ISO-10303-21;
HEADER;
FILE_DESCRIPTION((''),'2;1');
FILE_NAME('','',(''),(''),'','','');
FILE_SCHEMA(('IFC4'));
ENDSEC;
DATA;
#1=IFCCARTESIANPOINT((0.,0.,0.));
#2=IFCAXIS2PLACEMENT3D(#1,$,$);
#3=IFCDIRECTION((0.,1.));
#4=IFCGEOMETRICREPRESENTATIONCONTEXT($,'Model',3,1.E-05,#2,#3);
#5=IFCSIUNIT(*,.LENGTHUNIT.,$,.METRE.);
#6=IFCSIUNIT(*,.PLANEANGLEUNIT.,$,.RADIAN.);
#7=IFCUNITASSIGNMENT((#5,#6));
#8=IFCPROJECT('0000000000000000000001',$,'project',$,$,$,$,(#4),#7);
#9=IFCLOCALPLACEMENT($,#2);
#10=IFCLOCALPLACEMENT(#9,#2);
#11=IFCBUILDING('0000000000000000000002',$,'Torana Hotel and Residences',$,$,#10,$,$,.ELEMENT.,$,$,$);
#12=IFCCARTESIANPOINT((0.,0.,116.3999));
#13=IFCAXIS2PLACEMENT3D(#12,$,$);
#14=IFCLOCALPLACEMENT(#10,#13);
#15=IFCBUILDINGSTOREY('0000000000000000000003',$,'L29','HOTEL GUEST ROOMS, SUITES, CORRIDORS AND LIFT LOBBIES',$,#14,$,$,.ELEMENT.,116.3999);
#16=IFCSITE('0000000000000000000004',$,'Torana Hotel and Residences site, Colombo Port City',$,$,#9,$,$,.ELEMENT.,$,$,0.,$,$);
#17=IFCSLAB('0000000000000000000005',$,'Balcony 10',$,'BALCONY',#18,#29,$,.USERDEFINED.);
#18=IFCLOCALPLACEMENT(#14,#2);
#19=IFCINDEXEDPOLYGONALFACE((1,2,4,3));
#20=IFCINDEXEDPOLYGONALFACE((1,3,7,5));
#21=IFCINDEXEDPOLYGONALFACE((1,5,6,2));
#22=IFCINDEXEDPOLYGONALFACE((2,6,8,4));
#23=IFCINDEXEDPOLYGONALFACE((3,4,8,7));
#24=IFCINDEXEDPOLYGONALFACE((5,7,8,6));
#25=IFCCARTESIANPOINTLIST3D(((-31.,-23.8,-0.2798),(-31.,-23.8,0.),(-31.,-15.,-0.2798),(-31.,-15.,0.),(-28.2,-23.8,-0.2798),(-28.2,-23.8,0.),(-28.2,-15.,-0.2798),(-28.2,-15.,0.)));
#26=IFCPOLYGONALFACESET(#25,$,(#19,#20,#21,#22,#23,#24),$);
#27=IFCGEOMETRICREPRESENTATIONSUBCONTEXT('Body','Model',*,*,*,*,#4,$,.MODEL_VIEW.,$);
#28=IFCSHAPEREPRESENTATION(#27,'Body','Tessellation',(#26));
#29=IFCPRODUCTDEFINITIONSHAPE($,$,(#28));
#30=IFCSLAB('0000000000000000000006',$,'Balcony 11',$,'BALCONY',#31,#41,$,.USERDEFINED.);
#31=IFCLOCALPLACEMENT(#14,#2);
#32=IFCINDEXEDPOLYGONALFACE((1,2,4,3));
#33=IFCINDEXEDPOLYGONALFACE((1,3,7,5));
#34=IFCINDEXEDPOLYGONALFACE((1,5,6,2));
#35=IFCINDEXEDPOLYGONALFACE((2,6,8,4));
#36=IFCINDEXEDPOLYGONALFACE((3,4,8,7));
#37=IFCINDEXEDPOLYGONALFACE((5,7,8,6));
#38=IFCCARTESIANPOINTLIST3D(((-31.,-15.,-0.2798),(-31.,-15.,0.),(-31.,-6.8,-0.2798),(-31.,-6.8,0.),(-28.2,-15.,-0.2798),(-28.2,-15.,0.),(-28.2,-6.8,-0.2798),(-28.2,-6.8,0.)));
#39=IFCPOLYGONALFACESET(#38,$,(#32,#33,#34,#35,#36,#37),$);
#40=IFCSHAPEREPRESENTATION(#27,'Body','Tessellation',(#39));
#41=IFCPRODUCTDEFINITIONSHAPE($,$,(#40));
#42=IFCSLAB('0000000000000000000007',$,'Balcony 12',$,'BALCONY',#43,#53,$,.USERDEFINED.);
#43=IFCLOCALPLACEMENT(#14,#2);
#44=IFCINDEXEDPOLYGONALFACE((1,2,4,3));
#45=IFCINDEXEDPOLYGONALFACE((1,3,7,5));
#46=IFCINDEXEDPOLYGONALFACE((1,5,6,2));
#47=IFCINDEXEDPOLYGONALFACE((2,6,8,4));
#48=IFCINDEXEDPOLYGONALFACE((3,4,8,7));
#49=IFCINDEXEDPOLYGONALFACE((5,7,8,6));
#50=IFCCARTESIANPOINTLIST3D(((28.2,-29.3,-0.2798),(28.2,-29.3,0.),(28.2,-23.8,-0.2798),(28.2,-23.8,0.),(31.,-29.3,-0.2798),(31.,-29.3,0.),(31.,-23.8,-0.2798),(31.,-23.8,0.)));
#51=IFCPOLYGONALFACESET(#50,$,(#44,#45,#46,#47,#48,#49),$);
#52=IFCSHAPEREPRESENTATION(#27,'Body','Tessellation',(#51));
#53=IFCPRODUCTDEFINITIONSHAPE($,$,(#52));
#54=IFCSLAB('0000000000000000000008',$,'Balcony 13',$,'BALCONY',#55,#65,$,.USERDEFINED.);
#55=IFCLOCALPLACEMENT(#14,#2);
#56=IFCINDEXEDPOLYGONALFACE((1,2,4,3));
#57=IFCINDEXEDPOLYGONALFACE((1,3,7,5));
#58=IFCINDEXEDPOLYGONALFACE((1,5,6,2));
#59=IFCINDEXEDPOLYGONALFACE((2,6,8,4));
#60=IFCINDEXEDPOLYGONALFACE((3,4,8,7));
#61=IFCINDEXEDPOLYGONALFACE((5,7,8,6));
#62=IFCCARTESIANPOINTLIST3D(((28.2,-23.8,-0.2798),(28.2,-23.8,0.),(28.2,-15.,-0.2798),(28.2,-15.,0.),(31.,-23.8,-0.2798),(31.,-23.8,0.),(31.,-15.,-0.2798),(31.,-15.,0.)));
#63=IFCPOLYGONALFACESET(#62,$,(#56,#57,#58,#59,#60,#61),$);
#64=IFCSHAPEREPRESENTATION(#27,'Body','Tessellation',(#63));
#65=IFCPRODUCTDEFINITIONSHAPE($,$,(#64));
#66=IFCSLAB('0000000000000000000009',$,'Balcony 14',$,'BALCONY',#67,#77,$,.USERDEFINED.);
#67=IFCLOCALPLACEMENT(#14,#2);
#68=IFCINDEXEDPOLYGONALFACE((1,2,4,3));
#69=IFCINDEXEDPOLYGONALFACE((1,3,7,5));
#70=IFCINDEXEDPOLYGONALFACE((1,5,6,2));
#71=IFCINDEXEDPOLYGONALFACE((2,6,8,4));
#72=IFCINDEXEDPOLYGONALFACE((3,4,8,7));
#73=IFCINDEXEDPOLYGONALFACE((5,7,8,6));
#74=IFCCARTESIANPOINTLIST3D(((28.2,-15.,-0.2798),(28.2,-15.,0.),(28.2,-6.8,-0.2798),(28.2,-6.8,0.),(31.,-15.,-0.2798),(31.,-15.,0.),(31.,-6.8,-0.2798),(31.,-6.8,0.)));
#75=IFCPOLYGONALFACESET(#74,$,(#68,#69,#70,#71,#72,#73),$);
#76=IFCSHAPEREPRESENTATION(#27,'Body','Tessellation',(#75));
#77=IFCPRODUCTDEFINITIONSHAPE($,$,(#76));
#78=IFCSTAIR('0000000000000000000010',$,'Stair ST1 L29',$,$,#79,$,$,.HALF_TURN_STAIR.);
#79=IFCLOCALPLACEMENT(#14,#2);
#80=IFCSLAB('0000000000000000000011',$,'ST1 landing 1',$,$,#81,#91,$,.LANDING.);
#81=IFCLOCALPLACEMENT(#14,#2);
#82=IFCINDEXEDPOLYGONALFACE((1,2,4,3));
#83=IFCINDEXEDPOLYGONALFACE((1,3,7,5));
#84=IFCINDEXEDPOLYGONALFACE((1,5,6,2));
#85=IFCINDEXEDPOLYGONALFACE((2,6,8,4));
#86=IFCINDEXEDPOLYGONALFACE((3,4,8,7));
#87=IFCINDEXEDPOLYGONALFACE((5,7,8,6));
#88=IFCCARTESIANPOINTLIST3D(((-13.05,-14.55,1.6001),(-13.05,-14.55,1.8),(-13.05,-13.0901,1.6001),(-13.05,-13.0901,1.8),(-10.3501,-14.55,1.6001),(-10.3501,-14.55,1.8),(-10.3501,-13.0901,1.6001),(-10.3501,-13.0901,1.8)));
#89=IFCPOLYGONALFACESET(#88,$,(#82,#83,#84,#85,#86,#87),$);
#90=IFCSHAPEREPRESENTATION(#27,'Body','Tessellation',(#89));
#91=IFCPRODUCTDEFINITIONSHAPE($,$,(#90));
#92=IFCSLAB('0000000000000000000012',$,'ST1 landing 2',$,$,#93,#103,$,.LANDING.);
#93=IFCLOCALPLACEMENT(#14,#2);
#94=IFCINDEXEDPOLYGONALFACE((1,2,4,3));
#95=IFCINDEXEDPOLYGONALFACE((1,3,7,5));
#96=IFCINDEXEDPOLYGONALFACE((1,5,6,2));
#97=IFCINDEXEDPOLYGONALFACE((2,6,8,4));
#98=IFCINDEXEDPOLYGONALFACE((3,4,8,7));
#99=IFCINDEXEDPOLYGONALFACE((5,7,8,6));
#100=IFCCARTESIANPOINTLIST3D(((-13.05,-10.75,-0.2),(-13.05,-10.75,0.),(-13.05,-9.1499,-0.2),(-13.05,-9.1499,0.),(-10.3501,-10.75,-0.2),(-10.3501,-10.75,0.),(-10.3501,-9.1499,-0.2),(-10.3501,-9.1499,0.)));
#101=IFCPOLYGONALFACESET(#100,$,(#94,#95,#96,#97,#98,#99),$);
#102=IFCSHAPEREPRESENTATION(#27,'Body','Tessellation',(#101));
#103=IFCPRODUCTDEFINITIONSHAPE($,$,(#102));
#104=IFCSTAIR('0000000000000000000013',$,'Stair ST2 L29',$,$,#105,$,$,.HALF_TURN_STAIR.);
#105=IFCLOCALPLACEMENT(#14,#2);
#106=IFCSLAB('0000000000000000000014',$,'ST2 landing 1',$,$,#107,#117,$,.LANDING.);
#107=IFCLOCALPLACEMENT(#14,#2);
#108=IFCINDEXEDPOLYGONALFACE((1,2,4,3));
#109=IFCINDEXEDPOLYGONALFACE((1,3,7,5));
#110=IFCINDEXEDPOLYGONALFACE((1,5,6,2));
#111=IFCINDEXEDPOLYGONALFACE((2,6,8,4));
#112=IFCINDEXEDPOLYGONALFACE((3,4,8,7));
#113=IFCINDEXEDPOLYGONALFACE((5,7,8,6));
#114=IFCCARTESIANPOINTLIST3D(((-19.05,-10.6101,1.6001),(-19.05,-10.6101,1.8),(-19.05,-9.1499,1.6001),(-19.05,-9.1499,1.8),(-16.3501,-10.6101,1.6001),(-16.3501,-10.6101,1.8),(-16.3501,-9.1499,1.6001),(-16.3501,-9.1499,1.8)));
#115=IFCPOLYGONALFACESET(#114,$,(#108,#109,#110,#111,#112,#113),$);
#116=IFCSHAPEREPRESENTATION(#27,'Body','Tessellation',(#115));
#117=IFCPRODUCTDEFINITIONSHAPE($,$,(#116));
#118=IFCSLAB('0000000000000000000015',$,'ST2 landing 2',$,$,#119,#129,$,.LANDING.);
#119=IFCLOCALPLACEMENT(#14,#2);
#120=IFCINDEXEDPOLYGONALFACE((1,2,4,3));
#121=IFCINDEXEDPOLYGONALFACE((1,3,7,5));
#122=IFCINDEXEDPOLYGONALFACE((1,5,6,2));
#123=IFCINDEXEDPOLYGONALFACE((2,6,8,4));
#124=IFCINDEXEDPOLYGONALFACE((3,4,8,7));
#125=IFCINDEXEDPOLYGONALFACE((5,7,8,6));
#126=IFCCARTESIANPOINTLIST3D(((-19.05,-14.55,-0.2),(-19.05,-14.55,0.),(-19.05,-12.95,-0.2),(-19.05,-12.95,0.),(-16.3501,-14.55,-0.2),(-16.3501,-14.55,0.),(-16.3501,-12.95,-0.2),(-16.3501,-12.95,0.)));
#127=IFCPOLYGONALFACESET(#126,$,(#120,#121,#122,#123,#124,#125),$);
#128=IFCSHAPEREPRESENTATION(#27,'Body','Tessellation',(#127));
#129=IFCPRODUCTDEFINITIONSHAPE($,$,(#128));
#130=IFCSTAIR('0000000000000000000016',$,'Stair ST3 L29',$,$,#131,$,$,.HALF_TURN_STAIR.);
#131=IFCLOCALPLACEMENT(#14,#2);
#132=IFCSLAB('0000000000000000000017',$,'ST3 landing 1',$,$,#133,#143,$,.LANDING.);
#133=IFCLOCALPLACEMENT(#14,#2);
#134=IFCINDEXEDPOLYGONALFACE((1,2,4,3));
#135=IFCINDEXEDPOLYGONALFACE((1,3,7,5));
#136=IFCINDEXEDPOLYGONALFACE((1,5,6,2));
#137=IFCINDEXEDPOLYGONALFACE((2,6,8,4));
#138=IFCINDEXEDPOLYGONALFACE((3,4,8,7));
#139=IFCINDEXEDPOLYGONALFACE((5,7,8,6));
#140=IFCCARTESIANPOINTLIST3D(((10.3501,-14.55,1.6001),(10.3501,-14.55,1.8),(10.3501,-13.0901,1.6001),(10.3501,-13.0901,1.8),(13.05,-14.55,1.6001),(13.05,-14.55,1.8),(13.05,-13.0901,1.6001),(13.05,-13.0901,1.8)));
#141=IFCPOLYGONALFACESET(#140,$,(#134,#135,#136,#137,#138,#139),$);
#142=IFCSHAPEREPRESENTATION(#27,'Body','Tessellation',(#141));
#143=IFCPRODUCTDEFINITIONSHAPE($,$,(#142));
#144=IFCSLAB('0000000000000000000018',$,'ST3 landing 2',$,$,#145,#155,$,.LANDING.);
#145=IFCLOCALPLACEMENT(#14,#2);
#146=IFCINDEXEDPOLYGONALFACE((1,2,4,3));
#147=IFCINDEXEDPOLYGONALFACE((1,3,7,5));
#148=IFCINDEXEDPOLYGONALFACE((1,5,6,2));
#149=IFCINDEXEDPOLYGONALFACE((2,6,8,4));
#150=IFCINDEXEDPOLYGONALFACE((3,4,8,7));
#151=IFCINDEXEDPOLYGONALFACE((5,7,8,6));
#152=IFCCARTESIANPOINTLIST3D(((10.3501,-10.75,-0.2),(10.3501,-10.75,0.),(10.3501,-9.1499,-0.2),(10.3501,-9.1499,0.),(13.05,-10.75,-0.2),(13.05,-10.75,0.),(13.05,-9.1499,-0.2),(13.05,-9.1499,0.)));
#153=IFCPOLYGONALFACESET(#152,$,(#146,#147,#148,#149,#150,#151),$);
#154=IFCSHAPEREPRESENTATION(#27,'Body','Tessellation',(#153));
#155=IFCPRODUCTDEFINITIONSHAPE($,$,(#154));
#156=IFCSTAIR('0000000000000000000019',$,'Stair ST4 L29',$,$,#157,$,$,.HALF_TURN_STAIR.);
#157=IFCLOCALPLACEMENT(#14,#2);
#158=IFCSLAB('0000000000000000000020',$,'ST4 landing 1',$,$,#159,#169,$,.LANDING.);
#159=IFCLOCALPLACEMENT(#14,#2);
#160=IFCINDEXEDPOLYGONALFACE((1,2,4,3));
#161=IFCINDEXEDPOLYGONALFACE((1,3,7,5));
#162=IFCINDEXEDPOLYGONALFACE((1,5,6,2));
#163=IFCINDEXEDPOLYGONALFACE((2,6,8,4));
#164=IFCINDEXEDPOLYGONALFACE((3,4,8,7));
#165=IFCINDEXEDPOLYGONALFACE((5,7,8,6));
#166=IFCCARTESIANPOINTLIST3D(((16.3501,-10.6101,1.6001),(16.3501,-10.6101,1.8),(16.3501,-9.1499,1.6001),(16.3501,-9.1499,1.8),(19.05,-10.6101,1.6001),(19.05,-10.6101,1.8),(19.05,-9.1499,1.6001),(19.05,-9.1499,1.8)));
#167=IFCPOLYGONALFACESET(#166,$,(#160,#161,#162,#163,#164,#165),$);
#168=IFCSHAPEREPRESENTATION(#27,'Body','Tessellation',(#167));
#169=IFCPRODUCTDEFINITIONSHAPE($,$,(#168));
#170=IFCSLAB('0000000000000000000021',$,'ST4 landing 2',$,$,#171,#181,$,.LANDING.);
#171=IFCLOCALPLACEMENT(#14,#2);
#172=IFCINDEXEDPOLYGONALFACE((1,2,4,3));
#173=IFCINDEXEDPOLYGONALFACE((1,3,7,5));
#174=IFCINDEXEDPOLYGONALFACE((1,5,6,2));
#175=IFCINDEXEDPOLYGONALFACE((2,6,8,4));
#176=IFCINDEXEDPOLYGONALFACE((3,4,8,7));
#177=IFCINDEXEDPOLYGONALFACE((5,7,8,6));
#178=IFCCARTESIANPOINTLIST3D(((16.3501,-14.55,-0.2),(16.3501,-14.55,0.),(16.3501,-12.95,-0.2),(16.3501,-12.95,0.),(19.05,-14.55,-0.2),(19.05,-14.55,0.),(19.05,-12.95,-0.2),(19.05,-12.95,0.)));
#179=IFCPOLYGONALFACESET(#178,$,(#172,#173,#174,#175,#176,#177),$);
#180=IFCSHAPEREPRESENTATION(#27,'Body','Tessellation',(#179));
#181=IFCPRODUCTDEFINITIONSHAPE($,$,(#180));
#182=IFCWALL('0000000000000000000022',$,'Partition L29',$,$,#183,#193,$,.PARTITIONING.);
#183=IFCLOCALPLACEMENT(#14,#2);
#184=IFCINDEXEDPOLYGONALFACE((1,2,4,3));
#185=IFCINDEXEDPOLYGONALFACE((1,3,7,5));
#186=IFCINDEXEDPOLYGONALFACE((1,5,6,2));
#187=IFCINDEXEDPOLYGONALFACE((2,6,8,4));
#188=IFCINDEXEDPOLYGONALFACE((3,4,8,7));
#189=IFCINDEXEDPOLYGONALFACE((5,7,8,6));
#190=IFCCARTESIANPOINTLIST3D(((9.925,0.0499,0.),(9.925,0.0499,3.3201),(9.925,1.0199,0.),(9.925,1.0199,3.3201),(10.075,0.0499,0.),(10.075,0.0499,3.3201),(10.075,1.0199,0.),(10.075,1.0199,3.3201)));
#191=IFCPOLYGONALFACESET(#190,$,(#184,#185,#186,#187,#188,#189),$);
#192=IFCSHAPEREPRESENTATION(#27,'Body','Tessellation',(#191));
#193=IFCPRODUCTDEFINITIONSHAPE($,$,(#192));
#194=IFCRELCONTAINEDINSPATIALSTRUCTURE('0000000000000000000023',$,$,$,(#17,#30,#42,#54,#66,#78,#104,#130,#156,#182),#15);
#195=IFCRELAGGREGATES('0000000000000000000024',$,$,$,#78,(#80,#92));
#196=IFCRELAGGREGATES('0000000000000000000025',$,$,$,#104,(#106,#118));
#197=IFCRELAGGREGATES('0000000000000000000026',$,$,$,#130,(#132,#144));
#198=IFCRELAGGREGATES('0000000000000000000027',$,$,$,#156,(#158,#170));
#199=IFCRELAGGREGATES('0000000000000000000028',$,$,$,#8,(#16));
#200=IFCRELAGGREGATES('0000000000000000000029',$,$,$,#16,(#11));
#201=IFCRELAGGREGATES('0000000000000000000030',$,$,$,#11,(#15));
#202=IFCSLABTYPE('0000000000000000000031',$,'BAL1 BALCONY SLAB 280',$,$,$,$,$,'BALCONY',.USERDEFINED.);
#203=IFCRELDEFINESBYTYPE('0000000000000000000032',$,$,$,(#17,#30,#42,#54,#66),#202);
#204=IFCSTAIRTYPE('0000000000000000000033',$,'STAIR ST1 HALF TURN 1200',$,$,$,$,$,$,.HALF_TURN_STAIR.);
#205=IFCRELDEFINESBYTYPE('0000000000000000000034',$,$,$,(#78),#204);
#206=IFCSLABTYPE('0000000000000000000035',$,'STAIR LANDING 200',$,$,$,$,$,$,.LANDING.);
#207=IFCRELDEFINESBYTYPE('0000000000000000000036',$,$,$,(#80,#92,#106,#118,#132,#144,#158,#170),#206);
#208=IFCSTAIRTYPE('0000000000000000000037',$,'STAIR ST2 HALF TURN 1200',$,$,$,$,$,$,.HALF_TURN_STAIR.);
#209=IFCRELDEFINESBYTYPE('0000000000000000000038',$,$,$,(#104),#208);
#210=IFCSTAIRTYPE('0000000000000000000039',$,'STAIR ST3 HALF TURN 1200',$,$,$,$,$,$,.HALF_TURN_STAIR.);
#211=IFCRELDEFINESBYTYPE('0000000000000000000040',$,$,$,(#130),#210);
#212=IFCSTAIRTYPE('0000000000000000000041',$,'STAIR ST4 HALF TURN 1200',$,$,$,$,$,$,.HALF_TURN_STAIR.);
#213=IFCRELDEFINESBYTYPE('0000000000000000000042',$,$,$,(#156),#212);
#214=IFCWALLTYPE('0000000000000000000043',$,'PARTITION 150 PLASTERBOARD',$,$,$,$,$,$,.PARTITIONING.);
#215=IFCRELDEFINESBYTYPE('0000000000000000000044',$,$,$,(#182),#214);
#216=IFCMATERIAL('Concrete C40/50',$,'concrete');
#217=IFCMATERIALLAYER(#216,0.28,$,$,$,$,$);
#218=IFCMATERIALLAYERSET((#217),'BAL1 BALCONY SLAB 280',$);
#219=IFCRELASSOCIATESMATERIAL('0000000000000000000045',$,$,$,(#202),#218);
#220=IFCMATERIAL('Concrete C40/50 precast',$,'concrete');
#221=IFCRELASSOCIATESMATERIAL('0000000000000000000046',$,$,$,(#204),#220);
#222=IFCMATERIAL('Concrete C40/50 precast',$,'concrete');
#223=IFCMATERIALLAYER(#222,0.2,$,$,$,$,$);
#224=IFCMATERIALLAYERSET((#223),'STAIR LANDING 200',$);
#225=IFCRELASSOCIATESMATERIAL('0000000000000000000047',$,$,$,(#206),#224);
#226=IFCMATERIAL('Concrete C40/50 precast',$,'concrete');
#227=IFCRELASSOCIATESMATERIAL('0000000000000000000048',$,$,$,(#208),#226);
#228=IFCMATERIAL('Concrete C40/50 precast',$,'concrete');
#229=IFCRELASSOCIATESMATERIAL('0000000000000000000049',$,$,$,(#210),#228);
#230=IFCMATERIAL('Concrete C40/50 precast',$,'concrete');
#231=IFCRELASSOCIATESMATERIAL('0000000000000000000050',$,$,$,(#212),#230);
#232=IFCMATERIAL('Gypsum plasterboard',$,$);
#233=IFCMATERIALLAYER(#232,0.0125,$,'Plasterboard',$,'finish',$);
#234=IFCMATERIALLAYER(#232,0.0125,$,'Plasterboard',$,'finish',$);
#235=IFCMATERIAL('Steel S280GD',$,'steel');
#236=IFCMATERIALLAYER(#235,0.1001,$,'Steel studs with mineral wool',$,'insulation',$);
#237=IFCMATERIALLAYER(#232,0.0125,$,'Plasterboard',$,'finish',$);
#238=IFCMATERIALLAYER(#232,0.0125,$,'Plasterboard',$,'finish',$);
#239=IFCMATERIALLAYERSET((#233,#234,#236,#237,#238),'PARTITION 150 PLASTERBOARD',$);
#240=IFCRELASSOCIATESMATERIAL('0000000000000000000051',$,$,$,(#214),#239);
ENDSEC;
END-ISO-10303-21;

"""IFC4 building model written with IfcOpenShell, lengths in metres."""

from ifc_helpers import new_model, si_unit, direction, frame, frame_2d, origin, place, context, subcontext, project, spatial, polyline, rectangle, outline, extrude, material, layer, layer_set, type_object, element, aggregate, save


model = new_model("IFC4")

# Units and contexts
model_context = context("Model", 3, precision=1e-05, world=origin(), true_north=direction((0.0, 1.0)))
body_context = subcontext(model_context, "Body", "Model", "MODEL_VIEW")
ifc_project = project(units=[si_unit("LENGTHUNIT", "METRE"), si_unit("PLANEANGLEUNIT", "RADIAN")], contexts=[model_context])

# Site, building, storey
site_placement = place(None, origin())
site = spatial("IfcSite", under=ifc_project, at=site_placement, Name="Torana Hotel and Residences site, Colombo Port City", CompositionType="ELEMENT", RefElevation=0.0)
building_placement = place(site_placement, origin())
building = spatial("IfcBuilding", under=site, at=building_placement, Name="Torana Hotel and Residences", CompositionType="ELEMENT")
storey_placement = place(building_placement, frame((0.0, 0.0, 116.3999)))
storey = spatial("IfcBuildingStorey", under=building, at=storey_placement, Name="L29", Description="HOTEL GUEST ROOMS, SUITES, CORRIDORS AND LIFT LOBBIES", CompositionType="ELEMENT", Elevation=116.3999)

# Slabs
ifc_material_1 = material(Name="Concrete C40/50", Category="concrete")
ifc_layer_1 = layer(ifc_material_1, 0.28)
ifc_layer_set_1 = layer_set([ifc_layer_1], Name="BAL1 BALCONY SLAB 280")
slab_type_1 = type_object("IfcSlabType", Name="BAL1 BALCONY SLAB 280", ElementType="BALCONY", PredefinedType="USERDEFINED", material=ifc_layer_set_1)
slab_1_placement = place(storey_placement, frame((0.0, 0.0, -0.2798)))
element("IfcSlab", 1, at=slab_1_placement, inside=storey, type_object=slab_type_1, Name="Balcony 10", ObjectType="BALCONY", PredefinedType="USERDEFINED", context=body_context, shape_type="SweptSolid", body=[
    extrude(outline(polyline([(-31.0, -23.8), (-28.2, -23.8), (-28.2, -15.0), (-31.0, -15.0), (-31.0, -23.8)])), origin(), (0.0, 0.0, 1.0), 0.2798),
])
slab_2_placement = place(storey_placement, frame((0.0, 0.0, -0.2798)))
element("IfcSlab", 2, at=slab_2_placement, inside=storey, type_object=slab_type_1, Name="Balcony 11", ObjectType="BALCONY", PredefinedType="USERDEFINED", context=body_context, shape_type="SweptSolid", body=[
    extrude(outline(polyline([(-31.0, -15.0), (-28.2, -15.0), (-28.2, -6.8), (-31.0, -6.8), (-31.0, -15.0)])), origin(), (0.0, 0.0, 1.0), 0.2798),
])
slab_3_placement = place(storey_placement, frame((0.0, 0.0, -0.2798)))
element("IfcSlab", 3, at=slab_3_placement, inside=storey, type_object=slab_type_1, Name="Balcony 12", ObjectType="BALCONY", PredefinedType="USERDEFINED", context=body_context, shape_type="SweptSolid", body=[
    extrude(outline(polyline([(28.2, -29.3), (31.0, -29.3), (31.0, -23.8), (28.2, -23.8), (28.2, -29.3)])), origin(), (0.0, 0.0, 1.0), 0.2798),
])
slab_4_placement = place(storey_placement, frame((0.0, 0.0, -0.2798)))
element("IfcSlab", 4, at=slab_4_placement, inside=storey, type_object=slab_type_1, Name="Balcony 13", ObjectType="BALCONY", PredefinedType="USERDEFINED", context=body_context, shape_type="SweptSolid", body=[
    extrude(outline(polyline([(28.2, -23.8), (31.0, -23.8), (31.0, -15.0), (28.2, -15.0), (28.2, -23.8)])), origin(), (0.0, 0.0, 1.0), 0.2798),
])
slab_5_placement = place(storey_placement, frame((0.0, 0.0, -0.2798)))
element("IfcSlab", 5, at=slab_5_placement, inside=storey, type_object=slab_type_1, Name="Balcony 14", ObjectType="BALCONY", PredefinedType="USERDEFINED", context=body_context, shape_type="SweptSolid", body=[
    extrude(outline(polyline([(28.2, -15.0), (31.0, -15.0), (31.0, -6.8), (28.2, -6.8), (28.2, -15.0)])), origin(), (0.0, 0.0, 1.0), 0.2798),
])

# Stairs, slabs
ifc_material_2 = material(Name="Concrete C40/50 precast", Category="concrete")
stair_type_1 = type_object("IfcStairType", Name="STAIR ST1 HALF TURN 1200", PredefinedType="HALF_TURN_STAIR", material=ifc_material_2)
stair_1_placement = place(storey_placement, origin())
stair_1 = element("IfcStair", 6, at=stair_1_placement, inside=storey, type_object=stair_type_1, Name="Stair ST1 L29", PredefinedType="HALF_TURN_STAIR")
ifc_material_3 = material(Name="Concrete C40/50 precast", Category="concrete")
ifc_layer_2 = layer(ifc_material_3, 0.2)
ifc_layer_set_2 = layer_set([ifc_layer_2], Name="STAIR LANDING 200")
slab_type_2 = type_object("IfcSlabType", Name="STAIR LANDING 200", PredefinedType="LANDING", material=ifc_layer_set_2)
slab_6_placement = place(storey_placement, frame((0.0, 0.0, 1.6001)))
slab_6 = element("IfcSlab", 7, at=slab_6_placement, type_object=slab_type_2, Name="ST1 landing 1", PredefinedType="LANDING", context=body_context, shape_type="SweptSolid", body=[
    extrude(outline(polyline([(-13.05, -14.55), (-10.3501, -14.55), (-10.3501, -13.0901), (-13.05, -13.0901), (-13.05, -14.55)])), origin(), (0.0, 0.0, 1.0), 0.2),
])
slab_7_placement = place(storey_placement, frame((0.0, 0.0, -0.2)))
slab_7 = element("IfcSlab", 8, at=slab_7_placement, type_object=slab_type_2, Name="ST1 landing 2", PredefinedType="LANDING", context=body_context, shape_type="SweptSolid", body=[
    extrude(outline(polyline([(-13.05, -10.75), (-10.3501, -10.75), (-10.3501, -9.1499), (-13.05, -9.1499), (-13.05, -10.75)])), origin(), (0.0, 0.0, 1.0), 0.2),
])
aggregate(stair_1, [slab_6, slab_7])
ifc_material_4 = material(Name="Concrete C40/50 precast", Category="concrete")
stair_type_2 = type_object("IfcStairType", Name="STAIR ST2 HALF TURN 1200", PredefinedType="HALF_TURN_STAIR", material=ifc_material_4)
stair_2_placement = place(storey_placement, origin())
stair_2 = element("IfcStair", 9, at=stair_2_placement, inside=storey, type_object=stair_type_2, Name="Stair ST2 L29", PredefinedType="HALF_TURN_STAIR")
slab_8_placement = place(storey_placement, frame((0.0, 0.0, 1.6001)))
slab_8 = element("IfcSlab", 10, at=slab_8_placement, type_object=slab_type_2, Name="ST2 landing 1", PredefinedType="LANDING", context=body_context, shape_type="SweptSolid", body=[
    extrude(outline(polyline([(-19.05, -10.6101), (-16.3501, -10.6101), (-16.3501, -9.1499), (-19.05, -9.1499), (-19.05, -10.6101)])), origin(), (0.0, 0.0, 1.0), 0.2),
])
slab_9_placement = place(storey_placement, frame((0.0, 0.0, -0.2)))
slab_9 = element("IfcSlab", 11, at=slab_9_placement, type_object=slab_type_2, Name="ST2 landing 2", PredefinedType="LANDING", context=body_context, shape_type="SweptSolid", body=[
    extrude(outline(polyline([(-19.05, -14.55), (-16.3501, -14.55), (-16.3501, -12.95), (-19.05, -12.95), (-19.05, -14.55)])), origin(), (0.0, 0.0, 1.0), 0.2),
])
aggregate(stair_2, [slab_8, slab_9])
ifc_material_5 = material(Name="Concrete C40/50 precast", Category="concrete")
stair_type_3 = type_object("IfcStairType", Name="STAIR ST3 HALF TURN 1200", PredefinedType="HALF_TURN_STAIR", material=ifc_material_5)
stair_3_placement = place(storey_placement, origin())
stair_3 = element("IfcStair", 12, at=stair_3_placement, inside=storey, type_object=stair_type_3, Name="Stair ST3 L29", PredefinedType="HALF_TURN_STAIR")
slab_10_placement = place(storey_placement, frame((0.0, 0.0, 1.6001)))
slab_10 = element("IfcSlab", 13, at=slab_10_placement, type_object=slab_type_2, Name="ST3 landing 1", PredefinedType="LANDING", context=body_context, shape_type="SweptSolid", body=[
    extrude(outline(polyline([(10.3501, -14.55), (13.05, -14.55), (13.05, -13.0901), (10.3501, -13.0901), (10.3501, -14.55)])), origin(), (0.0, 0.0, 1.0), 0.2),
])
slab_11_placement = place(storey_placement, frame((0.0, 0.0, -0.2)))
slab_11 = element("IfcSlab", 14, at=slab_11_placement, type_object=slab_type_2, Name="ST3 landing 2", PredefinedType="LANDING", context=body_context, shape_type="SweptSolid", body=[
    extrude(outline(polyline([(10.3501, -10.75), (13.05, -10.75), (13.05, -9.1499), (10.3501, -9.1499), (10.3501, -10.75)])), origin(), (0.0, 0.0, 1.0), 0.2),
])
aggregate(stair_3, [slab_10, slab_11])
ifc_material_6 = material(Name="Concrete C40/50 precast", Category="concrete")
stair_type_4 = type_object("IfcStairType", Name="STAIR ST4 HALF TURN 1200", PredefinedType="HALF_TURN_STAIR", material=ifc_material_6)
stair_4_placement = place(storey_placement, origin())
stair_4 = element("IfcStair", 15, at=stair_4_placement, inside=storey, type_object=stair_type_4, Name="Stair ST4 L29", PredefinedType="HALF_TURN_STAIR")
slab_12_placement = place(storey_placement, frame((0.0, 0.0, 1.6001)))
slab_12 = element("IfcSlab", 16, at=slab_12_placement, type_object=slab_type_2, Name="ST4 landing 1", PredefinedType="LANDING", context=body_context, shape_type="SweptSolid", body=[
    extrude(outline(polyline([(16.3501, -10.6101), (19.05, -10.6101), (19.05, -9.1499), (16.3501, -9.1499), (16.3501, -10.6101)])), origin(), (0.0, 0.0, 1.0), 0.2),
])
slab_13_placement = place(storey_placement, frame((0.0, 0.0, -0.2)))
slab_13 = element("IfcSlab", 17, at=slab_13_placement, type_object=slab_type_2, Name="ST4 landing 2", PredefinedType="LANDING", context=body_context, shape_type="SweptSolid", body=[
    extrude(outline(polyline([(16.3501, -14.55), (19.05, -14.55), (19.05, -12.95), (16.3501, -12.95), (16.3501, -14.55)])), origin(), (0.0, 0.0, 1.0), 0.2),
])
aggregate(stair_4, [slab_12, slab_13])

# Wall
ifc_material_7 = material(Name="Gypsum plasterboard")
ifc_layer_3 = layer(ifc_material_7, 0.0125, Name="Plasterboard", Category="finish")
ifc_layer_4 = layer(ifc_material_7, 0.0125, Name="Plasterboard", Category="finish")
ifc_material_8 = material(Name="Steel S280GD", Category="steel")
ifc_layer_5 = layer(ifc_material_8, 0.1001, Name="Steel studs with mineral wool", Category="insulation")
ifc_layer_6 = layer(ifc_material_7, 0.0125, Name="Plasterboard", Category="finish")
ifc_layer_7 = layer(ifc_material_7, 0.0125, Name="Plasterboard", Category="finish")
ifc_layer_set_3 = layer_set([ifc_layer_3, ifc_layer_4, ifc_layer_5, ifc_layer_6, ifc_layer_7], Name="PARTITION 150 PLASTERBOARD")
wall_type = type_object("IfcWallType", Name="PARTITION 150 PLASTERBOARD", PredefinedType="PARTITIONING", material=ifc_layer_set_3)
wall_placement = place(storey_placement, frame((10.0, 0.05, 0.0), z_axis=(0.0, 0.0, 1.0), x_axis=(0.0, 1.0, 0.0)))
element("IfcWall", 18, at=wall_placement, inside=storey, type_object=wall_type, Name="Partition L29", PredefinedType="PARTITIONING", context=body_context, shape_type="SweptSolid", body=[
    extrude(rectangle(XDim=0.97, YDim=0.1499, at=frame_2d((0.4849, 0.0))), origin(), (0.0, 0.0, 1.0), 3.3201),
])

save(model, "model.ifc")
